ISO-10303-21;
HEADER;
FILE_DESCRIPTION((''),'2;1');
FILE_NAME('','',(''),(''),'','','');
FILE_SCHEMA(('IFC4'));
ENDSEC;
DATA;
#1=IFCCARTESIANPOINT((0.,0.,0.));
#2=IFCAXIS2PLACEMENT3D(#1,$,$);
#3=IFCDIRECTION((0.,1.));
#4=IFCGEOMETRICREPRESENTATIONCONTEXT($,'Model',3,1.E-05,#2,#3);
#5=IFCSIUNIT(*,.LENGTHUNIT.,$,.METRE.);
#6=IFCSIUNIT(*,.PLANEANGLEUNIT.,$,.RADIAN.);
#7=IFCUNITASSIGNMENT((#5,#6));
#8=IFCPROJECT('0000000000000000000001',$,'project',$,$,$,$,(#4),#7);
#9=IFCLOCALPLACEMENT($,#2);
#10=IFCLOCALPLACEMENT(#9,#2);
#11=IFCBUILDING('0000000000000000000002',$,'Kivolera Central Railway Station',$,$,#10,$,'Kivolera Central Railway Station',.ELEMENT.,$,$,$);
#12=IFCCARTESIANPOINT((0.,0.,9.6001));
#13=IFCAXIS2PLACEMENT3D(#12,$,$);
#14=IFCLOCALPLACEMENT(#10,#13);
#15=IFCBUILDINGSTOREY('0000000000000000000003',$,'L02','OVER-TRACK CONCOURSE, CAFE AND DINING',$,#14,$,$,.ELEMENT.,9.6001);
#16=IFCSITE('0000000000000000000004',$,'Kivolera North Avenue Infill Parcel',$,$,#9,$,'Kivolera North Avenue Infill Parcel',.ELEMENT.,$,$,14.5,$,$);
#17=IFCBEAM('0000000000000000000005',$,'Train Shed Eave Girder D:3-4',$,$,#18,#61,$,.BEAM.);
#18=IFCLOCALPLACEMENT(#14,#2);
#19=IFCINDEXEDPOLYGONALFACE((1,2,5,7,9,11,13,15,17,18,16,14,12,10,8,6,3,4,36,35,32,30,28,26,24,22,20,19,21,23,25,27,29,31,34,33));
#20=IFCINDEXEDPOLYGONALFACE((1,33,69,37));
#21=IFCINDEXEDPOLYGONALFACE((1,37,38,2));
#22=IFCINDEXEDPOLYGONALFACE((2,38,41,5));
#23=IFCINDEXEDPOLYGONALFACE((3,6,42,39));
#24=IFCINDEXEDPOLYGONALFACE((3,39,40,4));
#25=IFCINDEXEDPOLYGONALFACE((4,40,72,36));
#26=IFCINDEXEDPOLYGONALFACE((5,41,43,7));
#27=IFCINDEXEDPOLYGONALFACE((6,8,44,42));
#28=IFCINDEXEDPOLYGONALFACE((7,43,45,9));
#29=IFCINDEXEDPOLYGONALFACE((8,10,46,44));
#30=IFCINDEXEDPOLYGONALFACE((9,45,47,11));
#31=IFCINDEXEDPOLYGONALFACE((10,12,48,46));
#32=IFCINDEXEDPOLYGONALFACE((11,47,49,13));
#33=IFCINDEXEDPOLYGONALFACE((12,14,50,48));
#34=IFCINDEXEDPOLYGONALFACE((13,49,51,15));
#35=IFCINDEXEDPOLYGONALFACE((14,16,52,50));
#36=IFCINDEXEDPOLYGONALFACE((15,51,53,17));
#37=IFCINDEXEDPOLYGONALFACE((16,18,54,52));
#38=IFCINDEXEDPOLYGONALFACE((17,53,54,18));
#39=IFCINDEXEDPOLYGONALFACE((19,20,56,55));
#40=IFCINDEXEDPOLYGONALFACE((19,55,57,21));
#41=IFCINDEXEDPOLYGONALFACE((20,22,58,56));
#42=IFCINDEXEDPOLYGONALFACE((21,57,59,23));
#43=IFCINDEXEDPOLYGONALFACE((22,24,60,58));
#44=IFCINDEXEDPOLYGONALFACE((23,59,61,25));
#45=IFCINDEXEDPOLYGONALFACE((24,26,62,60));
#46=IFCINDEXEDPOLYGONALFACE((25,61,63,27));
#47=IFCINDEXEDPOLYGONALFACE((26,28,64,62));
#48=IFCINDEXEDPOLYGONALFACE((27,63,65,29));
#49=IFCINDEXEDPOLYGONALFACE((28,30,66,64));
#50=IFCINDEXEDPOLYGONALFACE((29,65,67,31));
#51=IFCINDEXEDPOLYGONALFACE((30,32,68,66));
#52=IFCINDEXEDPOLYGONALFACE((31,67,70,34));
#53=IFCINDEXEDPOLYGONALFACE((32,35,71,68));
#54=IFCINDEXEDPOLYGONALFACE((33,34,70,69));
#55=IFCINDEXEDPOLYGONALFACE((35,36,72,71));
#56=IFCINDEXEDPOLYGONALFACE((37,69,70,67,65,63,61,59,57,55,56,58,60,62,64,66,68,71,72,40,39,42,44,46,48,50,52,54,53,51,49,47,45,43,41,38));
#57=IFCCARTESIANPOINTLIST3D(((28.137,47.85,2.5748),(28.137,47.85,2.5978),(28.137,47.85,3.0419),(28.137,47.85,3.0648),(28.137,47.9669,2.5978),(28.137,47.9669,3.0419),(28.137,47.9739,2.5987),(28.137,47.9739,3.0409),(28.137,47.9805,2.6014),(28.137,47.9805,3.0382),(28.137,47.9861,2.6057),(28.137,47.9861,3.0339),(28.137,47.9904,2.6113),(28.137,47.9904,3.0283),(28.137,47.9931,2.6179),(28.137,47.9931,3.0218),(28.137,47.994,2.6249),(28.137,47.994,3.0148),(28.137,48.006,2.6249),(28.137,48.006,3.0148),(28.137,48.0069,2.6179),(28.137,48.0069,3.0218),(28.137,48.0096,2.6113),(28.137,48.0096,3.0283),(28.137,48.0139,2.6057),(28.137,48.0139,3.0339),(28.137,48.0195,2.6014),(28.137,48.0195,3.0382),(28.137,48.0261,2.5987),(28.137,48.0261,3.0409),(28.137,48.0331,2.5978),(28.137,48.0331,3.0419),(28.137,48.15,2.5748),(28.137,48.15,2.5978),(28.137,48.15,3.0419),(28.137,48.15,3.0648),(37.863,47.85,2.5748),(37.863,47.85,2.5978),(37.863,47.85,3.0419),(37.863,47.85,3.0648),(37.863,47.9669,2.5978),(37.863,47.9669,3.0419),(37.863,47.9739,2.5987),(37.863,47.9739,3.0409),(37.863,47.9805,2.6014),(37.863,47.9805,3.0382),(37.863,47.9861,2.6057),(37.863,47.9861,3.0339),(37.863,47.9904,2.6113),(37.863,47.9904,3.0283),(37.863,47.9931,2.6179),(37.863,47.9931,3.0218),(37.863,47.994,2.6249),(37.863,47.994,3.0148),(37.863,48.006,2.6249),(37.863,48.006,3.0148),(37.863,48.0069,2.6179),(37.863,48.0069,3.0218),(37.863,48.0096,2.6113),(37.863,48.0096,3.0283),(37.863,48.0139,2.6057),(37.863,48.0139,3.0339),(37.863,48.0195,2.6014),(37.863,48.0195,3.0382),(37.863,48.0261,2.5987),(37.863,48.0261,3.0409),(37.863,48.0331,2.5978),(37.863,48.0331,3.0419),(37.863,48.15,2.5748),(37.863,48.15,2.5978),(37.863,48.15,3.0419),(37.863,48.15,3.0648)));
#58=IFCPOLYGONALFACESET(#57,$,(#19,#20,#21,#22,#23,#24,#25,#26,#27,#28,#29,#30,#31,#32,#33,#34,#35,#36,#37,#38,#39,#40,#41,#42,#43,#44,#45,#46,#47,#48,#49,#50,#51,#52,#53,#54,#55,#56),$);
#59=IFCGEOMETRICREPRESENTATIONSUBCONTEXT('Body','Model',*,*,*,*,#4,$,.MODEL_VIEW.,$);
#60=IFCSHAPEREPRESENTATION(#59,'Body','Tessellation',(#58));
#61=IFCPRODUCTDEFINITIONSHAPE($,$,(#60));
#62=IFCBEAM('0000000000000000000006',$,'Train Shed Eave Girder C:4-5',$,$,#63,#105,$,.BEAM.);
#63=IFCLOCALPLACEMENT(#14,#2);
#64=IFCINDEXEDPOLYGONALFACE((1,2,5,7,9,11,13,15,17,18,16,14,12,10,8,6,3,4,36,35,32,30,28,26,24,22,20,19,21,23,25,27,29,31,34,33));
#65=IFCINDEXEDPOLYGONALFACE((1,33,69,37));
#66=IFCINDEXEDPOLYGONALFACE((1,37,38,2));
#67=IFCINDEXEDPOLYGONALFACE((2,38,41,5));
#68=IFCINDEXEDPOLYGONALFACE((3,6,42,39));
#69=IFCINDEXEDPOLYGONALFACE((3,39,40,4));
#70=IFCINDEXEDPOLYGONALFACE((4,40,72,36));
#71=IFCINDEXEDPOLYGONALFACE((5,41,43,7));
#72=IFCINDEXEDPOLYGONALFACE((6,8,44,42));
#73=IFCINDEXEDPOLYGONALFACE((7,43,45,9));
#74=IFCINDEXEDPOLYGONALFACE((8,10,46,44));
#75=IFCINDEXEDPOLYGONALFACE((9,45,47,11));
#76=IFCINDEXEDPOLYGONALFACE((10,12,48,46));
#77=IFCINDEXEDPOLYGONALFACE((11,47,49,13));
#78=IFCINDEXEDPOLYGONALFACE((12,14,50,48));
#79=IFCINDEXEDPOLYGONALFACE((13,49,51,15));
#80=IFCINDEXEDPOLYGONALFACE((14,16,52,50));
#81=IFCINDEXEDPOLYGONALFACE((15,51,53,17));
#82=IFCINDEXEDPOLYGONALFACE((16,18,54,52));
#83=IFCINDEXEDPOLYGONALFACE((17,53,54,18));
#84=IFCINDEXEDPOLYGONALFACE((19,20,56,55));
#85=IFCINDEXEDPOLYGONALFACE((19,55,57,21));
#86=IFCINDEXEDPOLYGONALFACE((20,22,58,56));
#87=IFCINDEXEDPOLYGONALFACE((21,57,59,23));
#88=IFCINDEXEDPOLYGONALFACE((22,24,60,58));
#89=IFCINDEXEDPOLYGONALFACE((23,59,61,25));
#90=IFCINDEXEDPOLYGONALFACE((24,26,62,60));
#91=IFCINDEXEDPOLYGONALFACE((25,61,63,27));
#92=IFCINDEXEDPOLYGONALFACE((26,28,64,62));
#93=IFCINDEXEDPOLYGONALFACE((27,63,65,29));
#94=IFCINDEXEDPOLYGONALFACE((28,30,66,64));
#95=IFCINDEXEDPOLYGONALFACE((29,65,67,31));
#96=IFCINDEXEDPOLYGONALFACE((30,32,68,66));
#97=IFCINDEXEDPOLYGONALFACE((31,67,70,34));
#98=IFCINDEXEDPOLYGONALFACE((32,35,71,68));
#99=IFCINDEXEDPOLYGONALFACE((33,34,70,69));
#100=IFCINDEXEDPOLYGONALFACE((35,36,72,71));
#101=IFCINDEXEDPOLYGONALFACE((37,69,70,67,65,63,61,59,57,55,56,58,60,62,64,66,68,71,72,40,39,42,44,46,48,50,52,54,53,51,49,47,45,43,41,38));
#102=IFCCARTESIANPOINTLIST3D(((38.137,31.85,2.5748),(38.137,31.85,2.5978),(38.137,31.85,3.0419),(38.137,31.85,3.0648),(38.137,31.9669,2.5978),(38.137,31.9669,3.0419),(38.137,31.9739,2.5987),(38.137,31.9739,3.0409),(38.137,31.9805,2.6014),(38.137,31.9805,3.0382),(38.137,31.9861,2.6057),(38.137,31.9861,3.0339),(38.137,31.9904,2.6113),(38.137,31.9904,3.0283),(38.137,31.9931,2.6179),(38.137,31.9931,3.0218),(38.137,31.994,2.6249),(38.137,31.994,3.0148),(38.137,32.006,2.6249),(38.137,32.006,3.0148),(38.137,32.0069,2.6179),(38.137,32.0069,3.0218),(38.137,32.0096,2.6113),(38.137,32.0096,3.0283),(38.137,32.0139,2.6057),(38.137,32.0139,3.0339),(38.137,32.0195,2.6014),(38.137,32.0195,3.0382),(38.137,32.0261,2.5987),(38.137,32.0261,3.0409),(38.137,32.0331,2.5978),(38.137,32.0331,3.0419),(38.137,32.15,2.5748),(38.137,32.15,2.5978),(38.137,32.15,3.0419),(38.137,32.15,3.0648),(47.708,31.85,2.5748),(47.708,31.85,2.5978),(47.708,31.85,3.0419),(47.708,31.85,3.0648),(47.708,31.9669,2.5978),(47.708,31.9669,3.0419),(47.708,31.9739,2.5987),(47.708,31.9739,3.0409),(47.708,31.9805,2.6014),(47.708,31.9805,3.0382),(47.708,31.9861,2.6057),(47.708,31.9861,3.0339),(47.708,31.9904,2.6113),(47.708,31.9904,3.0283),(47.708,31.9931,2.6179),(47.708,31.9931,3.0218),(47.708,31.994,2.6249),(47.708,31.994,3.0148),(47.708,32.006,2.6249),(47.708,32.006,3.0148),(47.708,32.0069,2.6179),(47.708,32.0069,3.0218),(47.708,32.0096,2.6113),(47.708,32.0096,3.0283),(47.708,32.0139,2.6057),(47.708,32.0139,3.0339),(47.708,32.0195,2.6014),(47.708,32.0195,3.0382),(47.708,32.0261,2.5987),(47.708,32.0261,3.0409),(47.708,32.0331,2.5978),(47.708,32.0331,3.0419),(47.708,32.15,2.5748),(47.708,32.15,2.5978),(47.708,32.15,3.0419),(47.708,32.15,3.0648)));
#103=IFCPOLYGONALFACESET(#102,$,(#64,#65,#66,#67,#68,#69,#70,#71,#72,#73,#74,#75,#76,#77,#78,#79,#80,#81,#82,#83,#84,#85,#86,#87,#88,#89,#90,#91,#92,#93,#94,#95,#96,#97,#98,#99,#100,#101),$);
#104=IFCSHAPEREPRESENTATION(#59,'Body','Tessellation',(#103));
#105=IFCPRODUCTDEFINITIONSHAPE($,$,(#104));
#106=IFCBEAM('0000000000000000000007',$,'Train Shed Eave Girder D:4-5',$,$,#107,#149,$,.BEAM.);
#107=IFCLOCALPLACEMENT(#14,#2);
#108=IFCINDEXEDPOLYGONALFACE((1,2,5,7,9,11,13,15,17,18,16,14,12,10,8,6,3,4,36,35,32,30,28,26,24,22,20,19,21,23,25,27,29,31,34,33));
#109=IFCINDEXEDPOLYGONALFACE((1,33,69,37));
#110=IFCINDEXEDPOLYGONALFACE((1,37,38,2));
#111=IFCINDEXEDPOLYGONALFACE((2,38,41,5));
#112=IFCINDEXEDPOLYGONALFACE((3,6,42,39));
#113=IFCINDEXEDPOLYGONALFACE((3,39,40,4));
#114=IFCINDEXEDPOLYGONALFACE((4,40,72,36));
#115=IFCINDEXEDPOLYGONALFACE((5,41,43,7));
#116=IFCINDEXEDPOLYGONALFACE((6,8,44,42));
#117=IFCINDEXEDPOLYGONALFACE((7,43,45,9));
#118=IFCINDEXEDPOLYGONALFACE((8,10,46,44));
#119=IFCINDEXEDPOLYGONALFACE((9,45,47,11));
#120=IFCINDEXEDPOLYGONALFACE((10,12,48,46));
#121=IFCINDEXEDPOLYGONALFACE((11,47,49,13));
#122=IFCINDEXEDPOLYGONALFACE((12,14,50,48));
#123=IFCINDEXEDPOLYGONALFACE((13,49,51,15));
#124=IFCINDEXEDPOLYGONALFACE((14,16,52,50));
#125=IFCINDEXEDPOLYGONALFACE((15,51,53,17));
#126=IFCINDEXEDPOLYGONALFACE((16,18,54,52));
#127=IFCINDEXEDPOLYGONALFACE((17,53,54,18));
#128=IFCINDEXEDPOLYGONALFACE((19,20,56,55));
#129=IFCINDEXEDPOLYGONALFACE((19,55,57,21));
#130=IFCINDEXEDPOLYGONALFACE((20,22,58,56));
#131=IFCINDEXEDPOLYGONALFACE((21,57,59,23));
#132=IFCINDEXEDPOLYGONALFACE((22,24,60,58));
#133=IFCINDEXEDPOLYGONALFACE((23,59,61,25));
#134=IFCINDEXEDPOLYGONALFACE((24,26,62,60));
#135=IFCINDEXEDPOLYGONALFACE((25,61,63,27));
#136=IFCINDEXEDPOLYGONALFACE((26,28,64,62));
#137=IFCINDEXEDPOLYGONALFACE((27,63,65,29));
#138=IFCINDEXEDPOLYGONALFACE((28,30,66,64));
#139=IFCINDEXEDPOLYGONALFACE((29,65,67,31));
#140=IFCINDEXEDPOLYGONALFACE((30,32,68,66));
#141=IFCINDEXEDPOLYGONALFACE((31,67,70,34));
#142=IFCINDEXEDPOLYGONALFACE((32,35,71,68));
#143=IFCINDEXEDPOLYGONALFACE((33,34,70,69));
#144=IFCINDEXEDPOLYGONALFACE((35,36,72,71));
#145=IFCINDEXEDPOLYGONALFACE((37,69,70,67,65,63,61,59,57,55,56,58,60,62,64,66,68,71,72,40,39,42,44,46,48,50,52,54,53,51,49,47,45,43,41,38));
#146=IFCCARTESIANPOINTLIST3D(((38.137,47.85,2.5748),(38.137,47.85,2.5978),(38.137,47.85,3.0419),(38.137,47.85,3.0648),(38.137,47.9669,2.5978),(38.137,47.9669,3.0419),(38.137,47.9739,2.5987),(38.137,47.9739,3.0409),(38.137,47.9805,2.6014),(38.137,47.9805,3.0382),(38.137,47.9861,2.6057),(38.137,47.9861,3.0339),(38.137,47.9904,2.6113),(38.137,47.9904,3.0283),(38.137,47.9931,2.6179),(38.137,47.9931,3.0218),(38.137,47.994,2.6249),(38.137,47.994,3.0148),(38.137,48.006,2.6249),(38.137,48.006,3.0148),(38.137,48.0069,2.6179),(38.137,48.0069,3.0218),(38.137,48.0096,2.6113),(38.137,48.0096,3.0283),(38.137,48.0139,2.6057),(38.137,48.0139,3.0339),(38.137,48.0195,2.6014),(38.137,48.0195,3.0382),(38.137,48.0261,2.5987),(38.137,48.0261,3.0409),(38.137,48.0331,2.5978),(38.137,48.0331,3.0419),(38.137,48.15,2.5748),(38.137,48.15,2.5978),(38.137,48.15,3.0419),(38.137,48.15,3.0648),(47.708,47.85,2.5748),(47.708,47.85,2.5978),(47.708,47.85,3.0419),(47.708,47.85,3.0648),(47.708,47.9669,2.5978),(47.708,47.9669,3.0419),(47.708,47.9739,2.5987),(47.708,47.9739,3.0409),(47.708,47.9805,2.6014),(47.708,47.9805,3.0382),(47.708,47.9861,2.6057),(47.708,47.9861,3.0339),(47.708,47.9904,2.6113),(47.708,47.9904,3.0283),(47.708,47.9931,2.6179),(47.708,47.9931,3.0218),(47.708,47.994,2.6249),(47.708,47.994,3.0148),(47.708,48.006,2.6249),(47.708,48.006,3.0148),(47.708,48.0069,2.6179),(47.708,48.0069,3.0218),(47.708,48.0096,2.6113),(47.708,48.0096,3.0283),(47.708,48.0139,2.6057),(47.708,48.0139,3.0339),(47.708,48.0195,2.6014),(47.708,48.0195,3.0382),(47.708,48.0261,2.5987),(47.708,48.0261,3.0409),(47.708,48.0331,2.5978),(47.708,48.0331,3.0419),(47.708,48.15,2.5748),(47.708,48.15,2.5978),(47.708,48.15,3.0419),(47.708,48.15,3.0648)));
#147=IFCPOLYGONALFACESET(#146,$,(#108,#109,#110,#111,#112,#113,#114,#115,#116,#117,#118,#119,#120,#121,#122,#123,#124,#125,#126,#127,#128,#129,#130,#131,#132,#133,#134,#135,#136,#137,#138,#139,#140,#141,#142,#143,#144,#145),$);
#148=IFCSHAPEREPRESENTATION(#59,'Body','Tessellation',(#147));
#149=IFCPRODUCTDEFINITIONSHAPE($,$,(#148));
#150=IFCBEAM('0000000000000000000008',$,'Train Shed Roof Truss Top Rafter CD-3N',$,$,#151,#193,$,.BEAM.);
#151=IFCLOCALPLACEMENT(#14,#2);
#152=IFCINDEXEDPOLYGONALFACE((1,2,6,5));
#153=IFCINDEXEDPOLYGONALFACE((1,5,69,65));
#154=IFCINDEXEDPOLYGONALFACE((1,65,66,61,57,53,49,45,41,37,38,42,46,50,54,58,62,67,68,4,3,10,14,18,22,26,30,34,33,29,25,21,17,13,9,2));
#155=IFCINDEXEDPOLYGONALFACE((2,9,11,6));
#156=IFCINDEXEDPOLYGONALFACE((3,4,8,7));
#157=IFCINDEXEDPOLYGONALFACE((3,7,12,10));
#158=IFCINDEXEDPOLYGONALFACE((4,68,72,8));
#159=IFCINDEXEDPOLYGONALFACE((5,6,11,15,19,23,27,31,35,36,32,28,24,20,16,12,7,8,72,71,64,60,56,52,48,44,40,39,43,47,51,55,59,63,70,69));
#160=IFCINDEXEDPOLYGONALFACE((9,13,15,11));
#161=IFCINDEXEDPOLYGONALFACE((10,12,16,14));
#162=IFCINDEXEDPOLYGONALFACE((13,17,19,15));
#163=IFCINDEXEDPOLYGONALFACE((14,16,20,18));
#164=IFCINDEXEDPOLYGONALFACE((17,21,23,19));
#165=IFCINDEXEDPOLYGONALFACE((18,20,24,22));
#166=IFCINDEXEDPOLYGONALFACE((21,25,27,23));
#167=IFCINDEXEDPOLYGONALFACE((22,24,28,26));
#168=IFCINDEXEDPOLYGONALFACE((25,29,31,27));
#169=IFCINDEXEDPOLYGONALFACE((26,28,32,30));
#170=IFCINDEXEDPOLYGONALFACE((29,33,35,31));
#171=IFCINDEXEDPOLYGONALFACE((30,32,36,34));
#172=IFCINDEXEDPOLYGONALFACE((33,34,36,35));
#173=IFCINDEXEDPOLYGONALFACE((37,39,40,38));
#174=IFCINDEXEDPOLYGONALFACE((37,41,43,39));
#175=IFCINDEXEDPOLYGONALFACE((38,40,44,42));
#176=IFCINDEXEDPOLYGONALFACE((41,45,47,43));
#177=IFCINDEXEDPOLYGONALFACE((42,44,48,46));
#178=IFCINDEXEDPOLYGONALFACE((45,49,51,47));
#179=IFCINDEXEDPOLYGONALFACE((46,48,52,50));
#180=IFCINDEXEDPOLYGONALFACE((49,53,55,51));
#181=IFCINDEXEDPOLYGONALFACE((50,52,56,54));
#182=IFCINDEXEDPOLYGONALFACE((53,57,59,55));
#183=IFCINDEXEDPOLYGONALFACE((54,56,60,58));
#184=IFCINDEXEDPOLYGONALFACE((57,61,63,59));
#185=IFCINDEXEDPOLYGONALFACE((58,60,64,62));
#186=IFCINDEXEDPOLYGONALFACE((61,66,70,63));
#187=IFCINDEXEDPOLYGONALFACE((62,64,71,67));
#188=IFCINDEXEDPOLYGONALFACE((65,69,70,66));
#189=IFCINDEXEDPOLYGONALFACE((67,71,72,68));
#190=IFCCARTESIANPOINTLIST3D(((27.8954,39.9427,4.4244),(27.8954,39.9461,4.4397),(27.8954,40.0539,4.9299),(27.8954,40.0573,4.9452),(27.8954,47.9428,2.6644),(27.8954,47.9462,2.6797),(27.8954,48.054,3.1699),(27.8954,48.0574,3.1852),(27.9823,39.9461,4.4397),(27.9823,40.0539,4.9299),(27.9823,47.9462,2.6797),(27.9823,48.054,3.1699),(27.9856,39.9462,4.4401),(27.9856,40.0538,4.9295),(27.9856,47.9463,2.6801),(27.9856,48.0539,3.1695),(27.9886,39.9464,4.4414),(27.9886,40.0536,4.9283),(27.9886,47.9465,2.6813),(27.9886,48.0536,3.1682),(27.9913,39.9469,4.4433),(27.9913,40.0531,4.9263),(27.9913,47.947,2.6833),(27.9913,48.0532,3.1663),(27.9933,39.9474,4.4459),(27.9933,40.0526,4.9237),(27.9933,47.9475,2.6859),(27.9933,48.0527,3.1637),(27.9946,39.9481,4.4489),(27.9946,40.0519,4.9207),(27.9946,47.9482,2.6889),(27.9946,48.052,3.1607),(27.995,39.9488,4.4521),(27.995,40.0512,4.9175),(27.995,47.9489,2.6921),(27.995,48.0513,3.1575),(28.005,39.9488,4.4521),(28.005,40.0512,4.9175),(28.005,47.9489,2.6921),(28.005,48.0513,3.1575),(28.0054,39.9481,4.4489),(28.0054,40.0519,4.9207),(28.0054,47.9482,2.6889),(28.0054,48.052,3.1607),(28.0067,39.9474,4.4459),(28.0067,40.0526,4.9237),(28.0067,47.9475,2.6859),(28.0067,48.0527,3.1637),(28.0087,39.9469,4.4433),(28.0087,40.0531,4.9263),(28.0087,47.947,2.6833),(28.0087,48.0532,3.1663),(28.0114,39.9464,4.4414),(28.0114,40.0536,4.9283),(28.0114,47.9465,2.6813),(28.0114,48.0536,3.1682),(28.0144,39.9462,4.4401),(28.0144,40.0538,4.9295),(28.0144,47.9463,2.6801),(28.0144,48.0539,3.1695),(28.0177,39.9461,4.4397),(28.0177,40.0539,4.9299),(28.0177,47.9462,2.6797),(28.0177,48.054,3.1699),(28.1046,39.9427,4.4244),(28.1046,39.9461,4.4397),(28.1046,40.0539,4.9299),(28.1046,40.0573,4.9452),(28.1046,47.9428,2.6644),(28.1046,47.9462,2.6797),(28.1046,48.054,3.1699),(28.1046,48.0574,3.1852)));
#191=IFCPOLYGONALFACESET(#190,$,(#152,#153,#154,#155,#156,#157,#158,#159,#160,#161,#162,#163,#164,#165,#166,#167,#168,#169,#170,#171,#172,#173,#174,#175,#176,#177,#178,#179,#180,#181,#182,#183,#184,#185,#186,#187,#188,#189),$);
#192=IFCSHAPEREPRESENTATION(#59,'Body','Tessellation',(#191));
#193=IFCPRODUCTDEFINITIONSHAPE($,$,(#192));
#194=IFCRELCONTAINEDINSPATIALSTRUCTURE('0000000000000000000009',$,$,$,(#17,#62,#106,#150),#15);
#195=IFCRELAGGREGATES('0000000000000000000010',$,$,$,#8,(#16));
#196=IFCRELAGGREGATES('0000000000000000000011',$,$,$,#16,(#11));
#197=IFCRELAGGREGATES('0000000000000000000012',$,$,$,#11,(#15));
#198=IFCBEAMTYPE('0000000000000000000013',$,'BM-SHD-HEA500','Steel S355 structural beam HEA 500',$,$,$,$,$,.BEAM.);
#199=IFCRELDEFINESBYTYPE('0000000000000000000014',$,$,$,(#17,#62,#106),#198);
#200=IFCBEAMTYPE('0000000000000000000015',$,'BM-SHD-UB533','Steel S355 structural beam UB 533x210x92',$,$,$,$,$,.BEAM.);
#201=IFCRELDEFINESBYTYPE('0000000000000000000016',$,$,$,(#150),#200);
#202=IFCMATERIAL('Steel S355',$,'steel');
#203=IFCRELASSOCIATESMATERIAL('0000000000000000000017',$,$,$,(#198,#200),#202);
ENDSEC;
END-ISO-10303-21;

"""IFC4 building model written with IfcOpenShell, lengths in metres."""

from ifc_helpers import new_model, si_unit, direction, frame, origin, origin_2d, place, context, subcontext, project, spatial, i_section, extrude, material, material_profile, profile_set, type_object, element, save


model = new_model("IFC4")

# Units and contexts
model_context = context("Model", 3, precision=1e-05, world=origin(), true_north=direction((0.0, 1.0)))
body_context = subcontext(model_context, "Body", "Model", "MODEL_VIEW")
ifc_project = project(units=[si_unit("LENGTHUNIT", "METRE"), si_unit("PLANEANGLEUNIT", "RADIAN")], contexts=[model_context])

# Site, building, storey
site_placement = place(None, origin())
site = spatial("IfcSite", under=ifc_project, at=site_placement, Name="Kivolera North Avenue Infill Parcel", LongName="Kivolera North Avenue Infill Parcel", CompositionType="ELEMENT", RefElevation=14.5)
building_placement = place(site_placement, origin())
building = spatial("IfcBuilding", under=site, at=building_placement, Name="Kivolera Central Railway Station", LongName="Kivolera Central Railway Station", CompositionType="ELEMENT")
storey_placement = place(building_placement, frame((0.0, 0.0, 9.6001)))
storey = spatial("IfcBuildingStorey", under=building, at=storey_placement, Name="L02", Description="OVER-TRACK CONCOURSE, CAFE AND DINING", CompositionType="ELEMENT", Elevation=9.6001)

# Shared definitions
ifc_material_1 = material(Name="Steel S355", Category="steel")

# Beams
ifc_material_profile_1 = material_profile(ifc_material_1, i_section(OverallWidth=0.3, OverallDepth=0.49, WebThickness=0.012, FlangeThickness=0.0229, FilletRadius=0.0271, at=origin_2d()), Name="HEA 500")
ifc_profile_set_1 = profile_set([ifc_material_profile_1], Name="Steel S355")
beam_type_1 = type_object("IfcBeamType", Name="BM-SHD-HEA500", Description="Steel S355 structural beam HEA 500", PredefinedType="BEAM", material=ifc_profile_set_1)
for number, where, z_axis, x_axis, name in (
    (1, (28.137, 48.0, 2.8198), (1.0, 0.0, 0.0), (0.0, 1.0, 0.0), "Train Shed Eave Girder D:3-4"),
):
    element("IfcBeam", number, at=place(storey_placement, frame(where, z_axis=z_axis, x_axis=x_axis)), inside=storey, type_object=beam_type_1, Name=name, PredefinedType="BEAM", context=body_context, shape_type="SweptSolid", body=[
        extrude(i_section(OverallWidth=0.3, OverallDepth=0.49, WebThickness=0.012, FlangeThickness=0.0229, FilletRadius=0.0271, at=origin_2d()), origin(), (0.0, 0.0, 1.0), 9.7261),
    ])
for number, where, z_axis, x_axis, name in (
    (2, (38.137, 32.0, 2.8198), (1.0, 0.0, 0.0), (0.0, 1.0, 0.0), "Train Shed Eave Girder C:4-5"),
    (3, (38.137, 48.0, 2.8198), (1.0, 0.0, 0.0), (0.0, 1.0, 0.0), "Train Shed Eave Girder D:4-5"),
):
    element("IfcBeam", number, at=place(storey_placement, frame(where, z_axis=z_axis, x_axis=x_axis)), inside=storey, type_object=beam_type_1, Name=name, PredefinedType="BEAM", context=body_context, shape_type="SweptSolid", body=[
        extrude(i_section(OverallWidth=0.3, OverallDepth=0.49, WebThickness=0.012, FlangeThickness=0.0229, FilletRadius=0.0271, at=origin_2d()), origin(), (0.0, 0.0, 1.0), 9.571),
    ])
ifc_material_profile_2 = material_profile(ifc_material_1, i_section(OverallWidth=0.2092, OverallDepth=0.5332, WebThickness=0.01, FlangeThickness=0.0156, FilletRadius=0.0127, at=origin_2d()), Name="UB 533x210x92")
ifc_profile_set_2 = profile_set([ifc_material_profile_2], Name="Steel S355")
beam_type_2 = type_object("IfcBeamType", Name="BM-SHD-UB533", Description="Steel S355 structural beam UB 533x210x92", PredefinedType="BEAM", material=ifc_profile_set_2)
for number, where, z_axis, x_axis, name in (
    (4, (28.0, 40.0, 4.6848), (0.0, 0.976644, -0.214863), (-1.0, 0.0, 0.0), "Train Shed Roof Truss Top Rafter CD-3N"),
):
    element("IfcBeam", number, at=place(storey_placement, frame(where, z_axis=z_axis, x_axis=x_axis)), inside=storey, type_object=beam_type_2, Name=name, PredefinedType="BEAM", context=body_context, shape_type="SweptSolid", body=[
        extrude(i_section(OverallWidth=0.2092, OverallDepth=0.5332, WebThickness=0.01, FlangeThickness=0.0156, FilletRadius=0.0127, at=origin_2d()), origin(), (0.0, 0.0, 1.0), 8.1914),
    ])

save(model, "model.ifc")
